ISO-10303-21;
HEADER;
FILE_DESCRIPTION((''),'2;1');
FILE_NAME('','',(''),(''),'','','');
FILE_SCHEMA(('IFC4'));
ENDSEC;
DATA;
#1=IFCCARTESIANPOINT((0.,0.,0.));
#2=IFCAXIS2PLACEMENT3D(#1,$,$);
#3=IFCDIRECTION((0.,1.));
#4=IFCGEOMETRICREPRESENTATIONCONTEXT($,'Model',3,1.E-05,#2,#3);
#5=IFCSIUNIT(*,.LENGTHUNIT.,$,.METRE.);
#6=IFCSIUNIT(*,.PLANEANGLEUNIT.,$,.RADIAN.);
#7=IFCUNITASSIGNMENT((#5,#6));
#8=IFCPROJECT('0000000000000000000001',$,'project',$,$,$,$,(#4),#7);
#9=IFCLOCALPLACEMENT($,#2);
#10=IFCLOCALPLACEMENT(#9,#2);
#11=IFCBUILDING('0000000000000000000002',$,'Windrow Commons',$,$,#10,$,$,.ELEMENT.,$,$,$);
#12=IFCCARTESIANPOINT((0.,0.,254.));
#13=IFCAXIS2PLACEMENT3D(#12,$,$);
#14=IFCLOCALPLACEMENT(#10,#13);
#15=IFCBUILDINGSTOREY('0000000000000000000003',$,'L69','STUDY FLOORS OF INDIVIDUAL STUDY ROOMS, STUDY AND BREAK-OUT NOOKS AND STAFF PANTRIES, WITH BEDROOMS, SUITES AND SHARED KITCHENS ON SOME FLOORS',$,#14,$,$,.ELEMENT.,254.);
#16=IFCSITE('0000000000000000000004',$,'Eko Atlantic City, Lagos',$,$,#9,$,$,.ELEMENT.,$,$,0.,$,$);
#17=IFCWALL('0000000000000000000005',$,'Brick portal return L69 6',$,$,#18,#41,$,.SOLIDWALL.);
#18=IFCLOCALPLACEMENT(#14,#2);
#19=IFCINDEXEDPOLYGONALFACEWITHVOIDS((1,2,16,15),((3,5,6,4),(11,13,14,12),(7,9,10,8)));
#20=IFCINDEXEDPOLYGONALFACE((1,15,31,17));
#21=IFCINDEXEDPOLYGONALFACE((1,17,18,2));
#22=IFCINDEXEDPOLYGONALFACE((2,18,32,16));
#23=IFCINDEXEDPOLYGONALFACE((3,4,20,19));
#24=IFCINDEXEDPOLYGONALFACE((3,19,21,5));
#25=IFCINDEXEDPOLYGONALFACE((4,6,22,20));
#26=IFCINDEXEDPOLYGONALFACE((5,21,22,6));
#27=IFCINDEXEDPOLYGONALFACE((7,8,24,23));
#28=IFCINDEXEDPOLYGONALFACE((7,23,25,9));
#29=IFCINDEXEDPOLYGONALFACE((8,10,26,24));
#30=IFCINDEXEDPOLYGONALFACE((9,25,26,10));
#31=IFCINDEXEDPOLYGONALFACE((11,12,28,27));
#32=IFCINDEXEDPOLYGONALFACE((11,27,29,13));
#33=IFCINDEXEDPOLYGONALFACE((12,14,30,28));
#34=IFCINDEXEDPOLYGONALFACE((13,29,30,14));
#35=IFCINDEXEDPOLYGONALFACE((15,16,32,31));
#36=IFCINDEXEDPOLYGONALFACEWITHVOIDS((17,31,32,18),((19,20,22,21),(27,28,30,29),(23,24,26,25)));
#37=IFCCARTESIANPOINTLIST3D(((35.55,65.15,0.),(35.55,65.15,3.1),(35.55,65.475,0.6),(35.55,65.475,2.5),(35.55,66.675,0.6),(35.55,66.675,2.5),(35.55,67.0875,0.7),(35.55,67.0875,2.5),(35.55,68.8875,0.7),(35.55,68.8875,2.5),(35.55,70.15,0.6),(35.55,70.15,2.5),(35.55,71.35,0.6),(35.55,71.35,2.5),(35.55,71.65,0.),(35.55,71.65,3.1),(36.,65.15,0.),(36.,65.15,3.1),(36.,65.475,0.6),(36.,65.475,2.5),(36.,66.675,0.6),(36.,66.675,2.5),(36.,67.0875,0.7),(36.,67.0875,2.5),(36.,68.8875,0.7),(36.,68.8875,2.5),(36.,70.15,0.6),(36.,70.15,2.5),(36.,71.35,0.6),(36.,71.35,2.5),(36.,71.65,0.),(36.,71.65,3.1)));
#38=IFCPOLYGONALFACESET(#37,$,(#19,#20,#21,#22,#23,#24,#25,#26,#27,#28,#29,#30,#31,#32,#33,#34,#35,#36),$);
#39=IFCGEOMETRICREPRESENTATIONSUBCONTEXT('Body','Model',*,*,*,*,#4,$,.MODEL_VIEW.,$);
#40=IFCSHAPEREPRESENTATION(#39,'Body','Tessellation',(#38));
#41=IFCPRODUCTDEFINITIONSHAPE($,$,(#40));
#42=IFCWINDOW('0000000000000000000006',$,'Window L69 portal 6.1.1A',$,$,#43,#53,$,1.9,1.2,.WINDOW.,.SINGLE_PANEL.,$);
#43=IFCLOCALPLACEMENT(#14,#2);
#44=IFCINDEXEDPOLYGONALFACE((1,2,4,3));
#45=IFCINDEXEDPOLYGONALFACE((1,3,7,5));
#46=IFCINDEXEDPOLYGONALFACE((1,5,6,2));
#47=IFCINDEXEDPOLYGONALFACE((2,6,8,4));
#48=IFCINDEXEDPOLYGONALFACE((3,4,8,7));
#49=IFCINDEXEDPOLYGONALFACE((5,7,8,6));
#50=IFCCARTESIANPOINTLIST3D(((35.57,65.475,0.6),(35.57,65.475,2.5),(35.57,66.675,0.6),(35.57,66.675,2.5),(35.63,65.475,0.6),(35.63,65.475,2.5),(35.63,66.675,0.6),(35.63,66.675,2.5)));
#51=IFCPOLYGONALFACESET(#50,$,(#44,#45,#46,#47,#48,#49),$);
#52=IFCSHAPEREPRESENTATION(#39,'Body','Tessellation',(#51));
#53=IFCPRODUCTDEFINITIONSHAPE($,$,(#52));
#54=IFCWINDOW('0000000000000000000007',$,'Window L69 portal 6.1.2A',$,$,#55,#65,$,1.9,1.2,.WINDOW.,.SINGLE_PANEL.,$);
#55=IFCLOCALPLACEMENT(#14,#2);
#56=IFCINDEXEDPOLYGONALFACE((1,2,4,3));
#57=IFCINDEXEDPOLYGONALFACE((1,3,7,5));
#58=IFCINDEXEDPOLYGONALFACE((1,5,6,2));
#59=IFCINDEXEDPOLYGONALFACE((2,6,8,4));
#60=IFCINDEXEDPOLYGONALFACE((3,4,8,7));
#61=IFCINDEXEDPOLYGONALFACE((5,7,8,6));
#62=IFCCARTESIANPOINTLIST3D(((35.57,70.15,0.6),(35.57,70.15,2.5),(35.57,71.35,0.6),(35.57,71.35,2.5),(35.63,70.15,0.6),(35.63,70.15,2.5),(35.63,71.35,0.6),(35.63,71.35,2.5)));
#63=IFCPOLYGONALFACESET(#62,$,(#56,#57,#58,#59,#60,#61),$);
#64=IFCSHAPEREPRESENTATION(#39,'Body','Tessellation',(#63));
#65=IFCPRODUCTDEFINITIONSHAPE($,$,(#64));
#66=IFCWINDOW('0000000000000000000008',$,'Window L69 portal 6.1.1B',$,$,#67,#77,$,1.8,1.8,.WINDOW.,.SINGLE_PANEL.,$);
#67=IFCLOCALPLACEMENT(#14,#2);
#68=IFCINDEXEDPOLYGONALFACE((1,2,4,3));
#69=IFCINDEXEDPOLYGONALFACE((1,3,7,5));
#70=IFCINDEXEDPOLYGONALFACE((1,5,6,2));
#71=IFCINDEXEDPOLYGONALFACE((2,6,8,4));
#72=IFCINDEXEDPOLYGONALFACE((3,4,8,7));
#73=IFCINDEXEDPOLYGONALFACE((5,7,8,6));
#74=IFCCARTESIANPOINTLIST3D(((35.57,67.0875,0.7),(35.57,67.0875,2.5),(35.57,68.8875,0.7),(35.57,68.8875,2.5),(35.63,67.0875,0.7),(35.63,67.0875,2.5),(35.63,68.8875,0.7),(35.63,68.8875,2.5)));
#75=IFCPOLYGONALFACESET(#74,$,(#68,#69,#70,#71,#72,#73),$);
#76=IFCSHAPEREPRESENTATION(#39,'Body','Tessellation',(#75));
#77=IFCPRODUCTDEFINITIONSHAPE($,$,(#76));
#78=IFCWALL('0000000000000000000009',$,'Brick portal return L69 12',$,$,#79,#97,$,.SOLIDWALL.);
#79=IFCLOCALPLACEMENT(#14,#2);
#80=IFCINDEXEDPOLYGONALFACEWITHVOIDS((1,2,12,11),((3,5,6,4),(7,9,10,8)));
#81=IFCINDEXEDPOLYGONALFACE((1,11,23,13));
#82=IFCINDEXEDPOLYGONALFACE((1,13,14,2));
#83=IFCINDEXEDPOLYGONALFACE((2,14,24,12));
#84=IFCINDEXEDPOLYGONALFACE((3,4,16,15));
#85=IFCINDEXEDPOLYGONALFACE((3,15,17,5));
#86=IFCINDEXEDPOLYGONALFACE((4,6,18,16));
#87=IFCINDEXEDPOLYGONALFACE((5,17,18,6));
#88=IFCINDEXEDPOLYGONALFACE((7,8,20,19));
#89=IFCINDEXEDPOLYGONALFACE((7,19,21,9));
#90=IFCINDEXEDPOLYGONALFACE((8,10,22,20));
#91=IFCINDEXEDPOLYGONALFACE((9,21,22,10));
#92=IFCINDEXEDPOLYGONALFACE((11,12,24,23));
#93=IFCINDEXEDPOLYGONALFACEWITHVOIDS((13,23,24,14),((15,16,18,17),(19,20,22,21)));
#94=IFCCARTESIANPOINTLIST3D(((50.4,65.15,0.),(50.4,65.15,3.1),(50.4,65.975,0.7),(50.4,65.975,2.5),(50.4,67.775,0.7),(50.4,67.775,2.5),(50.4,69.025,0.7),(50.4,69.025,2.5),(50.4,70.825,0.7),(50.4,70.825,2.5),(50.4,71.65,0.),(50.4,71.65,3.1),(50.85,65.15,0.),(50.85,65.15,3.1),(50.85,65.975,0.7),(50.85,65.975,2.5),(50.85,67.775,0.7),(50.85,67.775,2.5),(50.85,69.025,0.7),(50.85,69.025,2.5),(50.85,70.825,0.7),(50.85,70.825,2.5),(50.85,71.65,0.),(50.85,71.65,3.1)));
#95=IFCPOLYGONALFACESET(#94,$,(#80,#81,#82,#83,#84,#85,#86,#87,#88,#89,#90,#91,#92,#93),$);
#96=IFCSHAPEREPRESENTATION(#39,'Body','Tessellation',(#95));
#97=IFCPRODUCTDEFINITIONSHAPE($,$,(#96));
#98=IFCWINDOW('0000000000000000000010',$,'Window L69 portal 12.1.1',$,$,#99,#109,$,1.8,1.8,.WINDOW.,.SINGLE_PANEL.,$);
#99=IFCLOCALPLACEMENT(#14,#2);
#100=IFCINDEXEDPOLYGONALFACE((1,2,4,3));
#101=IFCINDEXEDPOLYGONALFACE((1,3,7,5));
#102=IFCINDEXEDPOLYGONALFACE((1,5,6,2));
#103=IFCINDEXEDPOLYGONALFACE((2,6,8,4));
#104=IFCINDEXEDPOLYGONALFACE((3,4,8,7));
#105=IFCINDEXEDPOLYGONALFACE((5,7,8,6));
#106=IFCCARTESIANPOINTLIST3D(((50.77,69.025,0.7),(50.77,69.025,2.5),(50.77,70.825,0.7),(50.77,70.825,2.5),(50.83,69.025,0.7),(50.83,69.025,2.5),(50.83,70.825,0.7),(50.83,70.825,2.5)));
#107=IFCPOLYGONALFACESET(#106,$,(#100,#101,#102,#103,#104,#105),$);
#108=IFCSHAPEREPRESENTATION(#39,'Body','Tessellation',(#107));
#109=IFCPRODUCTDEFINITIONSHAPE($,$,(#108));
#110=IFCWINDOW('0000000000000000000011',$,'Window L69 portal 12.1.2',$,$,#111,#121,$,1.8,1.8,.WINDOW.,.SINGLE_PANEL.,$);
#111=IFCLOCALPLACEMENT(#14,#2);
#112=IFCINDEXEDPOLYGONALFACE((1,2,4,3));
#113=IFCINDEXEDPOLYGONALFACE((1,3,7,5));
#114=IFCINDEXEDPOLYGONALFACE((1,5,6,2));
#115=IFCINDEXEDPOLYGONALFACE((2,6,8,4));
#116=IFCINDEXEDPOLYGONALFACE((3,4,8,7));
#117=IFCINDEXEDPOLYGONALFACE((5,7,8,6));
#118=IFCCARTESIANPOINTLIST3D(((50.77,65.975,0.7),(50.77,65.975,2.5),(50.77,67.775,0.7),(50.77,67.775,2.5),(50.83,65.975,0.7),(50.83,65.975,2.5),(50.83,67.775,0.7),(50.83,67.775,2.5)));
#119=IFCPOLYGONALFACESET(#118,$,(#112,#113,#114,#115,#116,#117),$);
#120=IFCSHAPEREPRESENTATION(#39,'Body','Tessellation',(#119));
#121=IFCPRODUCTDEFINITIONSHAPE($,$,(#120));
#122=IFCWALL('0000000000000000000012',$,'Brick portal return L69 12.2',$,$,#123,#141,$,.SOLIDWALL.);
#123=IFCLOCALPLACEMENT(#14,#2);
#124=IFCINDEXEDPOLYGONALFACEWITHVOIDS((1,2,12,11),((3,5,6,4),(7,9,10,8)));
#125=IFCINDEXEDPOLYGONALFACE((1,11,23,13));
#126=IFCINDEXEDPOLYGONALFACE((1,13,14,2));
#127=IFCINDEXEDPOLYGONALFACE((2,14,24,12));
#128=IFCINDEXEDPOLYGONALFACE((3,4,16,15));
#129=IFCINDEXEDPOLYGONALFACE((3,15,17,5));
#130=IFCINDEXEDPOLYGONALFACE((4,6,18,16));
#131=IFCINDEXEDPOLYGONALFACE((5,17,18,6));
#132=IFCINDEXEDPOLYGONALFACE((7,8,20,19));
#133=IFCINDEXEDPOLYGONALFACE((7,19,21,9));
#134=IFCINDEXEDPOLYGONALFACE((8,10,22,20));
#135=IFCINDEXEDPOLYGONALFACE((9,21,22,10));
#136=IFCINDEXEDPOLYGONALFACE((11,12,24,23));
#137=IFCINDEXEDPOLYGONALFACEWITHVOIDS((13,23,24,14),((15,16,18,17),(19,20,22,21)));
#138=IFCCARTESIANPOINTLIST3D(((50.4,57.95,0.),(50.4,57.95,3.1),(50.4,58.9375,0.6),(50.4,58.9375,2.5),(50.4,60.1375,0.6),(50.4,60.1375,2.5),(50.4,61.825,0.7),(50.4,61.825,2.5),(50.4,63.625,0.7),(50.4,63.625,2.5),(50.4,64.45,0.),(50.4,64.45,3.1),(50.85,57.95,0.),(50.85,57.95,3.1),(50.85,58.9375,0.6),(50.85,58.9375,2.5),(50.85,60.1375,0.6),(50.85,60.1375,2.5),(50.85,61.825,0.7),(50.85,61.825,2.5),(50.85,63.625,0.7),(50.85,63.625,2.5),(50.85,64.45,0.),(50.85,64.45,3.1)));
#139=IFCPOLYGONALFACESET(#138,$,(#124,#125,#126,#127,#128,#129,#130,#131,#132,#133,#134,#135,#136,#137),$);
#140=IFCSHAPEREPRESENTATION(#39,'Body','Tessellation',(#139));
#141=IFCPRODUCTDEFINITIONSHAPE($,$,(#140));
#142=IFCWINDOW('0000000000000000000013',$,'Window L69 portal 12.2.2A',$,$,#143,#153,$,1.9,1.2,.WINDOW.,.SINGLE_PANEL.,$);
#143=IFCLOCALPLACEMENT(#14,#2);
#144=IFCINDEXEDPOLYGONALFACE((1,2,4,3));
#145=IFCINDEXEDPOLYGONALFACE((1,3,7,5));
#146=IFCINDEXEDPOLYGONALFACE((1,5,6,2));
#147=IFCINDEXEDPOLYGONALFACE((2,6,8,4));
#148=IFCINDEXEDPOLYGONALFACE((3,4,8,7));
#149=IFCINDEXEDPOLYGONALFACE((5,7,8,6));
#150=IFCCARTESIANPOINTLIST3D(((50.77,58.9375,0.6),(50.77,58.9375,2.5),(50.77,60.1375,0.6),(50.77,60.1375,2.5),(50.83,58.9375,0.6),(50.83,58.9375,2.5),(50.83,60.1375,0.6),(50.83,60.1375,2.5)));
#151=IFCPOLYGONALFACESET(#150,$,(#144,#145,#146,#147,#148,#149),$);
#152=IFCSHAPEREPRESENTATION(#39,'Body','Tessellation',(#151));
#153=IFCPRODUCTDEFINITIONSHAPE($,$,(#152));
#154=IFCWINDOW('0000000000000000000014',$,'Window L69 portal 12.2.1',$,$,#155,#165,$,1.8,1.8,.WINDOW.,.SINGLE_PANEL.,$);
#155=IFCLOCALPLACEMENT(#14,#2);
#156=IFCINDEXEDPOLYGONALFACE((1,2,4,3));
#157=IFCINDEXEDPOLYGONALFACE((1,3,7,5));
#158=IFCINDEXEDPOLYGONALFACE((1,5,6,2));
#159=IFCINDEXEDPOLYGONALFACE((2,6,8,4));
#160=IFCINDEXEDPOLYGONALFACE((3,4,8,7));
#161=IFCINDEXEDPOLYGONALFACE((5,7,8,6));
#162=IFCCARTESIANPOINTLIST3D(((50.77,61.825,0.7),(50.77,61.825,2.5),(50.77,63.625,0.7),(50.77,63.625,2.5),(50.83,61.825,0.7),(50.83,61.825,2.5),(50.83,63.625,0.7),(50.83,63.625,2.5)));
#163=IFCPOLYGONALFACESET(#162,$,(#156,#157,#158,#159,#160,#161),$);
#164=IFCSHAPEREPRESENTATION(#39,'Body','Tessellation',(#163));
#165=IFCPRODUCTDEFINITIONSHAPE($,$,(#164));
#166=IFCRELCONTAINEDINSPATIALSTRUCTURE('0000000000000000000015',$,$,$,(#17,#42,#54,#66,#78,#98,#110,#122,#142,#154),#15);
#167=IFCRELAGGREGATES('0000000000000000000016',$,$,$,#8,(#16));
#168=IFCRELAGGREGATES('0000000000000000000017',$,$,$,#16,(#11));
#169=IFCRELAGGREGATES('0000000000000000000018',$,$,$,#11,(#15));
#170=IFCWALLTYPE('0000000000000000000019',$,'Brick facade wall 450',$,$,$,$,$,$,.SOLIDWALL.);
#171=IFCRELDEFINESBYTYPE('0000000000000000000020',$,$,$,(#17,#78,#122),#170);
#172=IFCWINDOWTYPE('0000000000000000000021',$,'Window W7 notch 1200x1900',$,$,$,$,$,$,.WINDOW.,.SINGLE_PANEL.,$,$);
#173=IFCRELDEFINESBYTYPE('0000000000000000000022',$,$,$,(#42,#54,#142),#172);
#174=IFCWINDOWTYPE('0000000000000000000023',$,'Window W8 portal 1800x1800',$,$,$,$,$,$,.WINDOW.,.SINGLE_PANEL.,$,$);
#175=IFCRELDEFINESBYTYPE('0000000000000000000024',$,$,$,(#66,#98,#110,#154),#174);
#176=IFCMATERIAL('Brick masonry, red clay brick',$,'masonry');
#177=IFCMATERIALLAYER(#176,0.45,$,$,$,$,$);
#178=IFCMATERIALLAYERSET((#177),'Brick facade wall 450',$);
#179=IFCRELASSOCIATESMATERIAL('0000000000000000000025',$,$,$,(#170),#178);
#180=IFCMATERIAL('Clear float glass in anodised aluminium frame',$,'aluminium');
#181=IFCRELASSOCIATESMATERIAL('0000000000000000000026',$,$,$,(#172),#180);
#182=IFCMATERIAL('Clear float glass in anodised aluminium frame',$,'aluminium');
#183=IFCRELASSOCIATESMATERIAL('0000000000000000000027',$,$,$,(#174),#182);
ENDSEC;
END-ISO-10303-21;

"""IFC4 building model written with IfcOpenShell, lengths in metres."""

from ifc_helpers import new_model, si_unit, direction, frame, frame_2d, origin, place, context, subcontext, project, spatial, rectangle, extrude, material, layer, layer_set, type_object, element, fill, save


model = new_model("IFC4")

# Units and contexts
model_context = context("Model", 3, precision=1e-05, world=origin(), true_north=direction((0.0, 1.0)))
body_context = subcontext(model_context, "Body", "Model", "MODEL_VIEW")
ifc_project = project(units=[si_unit("LENGTHUNIT", "METRE"), si_unit("PLANEANGLEUNIT", "RADIAN")], contexts=[model_context])

# Site, building, storey
site_placement = place(None, origin())
site = spatial("IfcSite", under=ifc_project, at=site_placement, Name="Eko Atlantic City, Lagos", CompositionType="ELEMENT", RefElevation=0.0)
building_placement = place(site_placement, origin())
building = spatial("IfcBuilding", under=site, at=building_placement, Name="Windrow Commons", CompositionType="ELEMENT")
storey_placement = place(building_placement, frame((0.0, 0.0, 254.0)))
storey = spatial("IfcBuildingStorey", under=building, at=storey_placement, Name="L69", Description="STUDY FLOORS OF INDIVIDUAL STUDY ROOMS, STUDY AND BREAK-OUT NOOKS AND STAFF PANTRIES, WITH BEDROOMS, SUITES AND SHARED KITCHENS ON SOME FLOORS", CompositionType="ELEMENT", Elevation=254.0)

# Shared definitions
ifc_material_1 = material(Name="Brick masonry, red clay brick", Category="masonry")
ifc_layer_1 = layer(ifc_material_1, 0.45)
ifc_layer_set_1 = layer_set([ifc_layer_1], Name="Brick facade wall 450")
wall_type_1 = type_object("IfcWallType", Name="Brick facade wall 450", PredefinedType="SOLIDWALL", material=ifc_layer_set_1)

# Walls, openings, windows
wall_1_placement = place(storey_placement, frame((35.775, 65.15, 0.0), z_axis=(0.0, 0.0, 1.0), x_axis=(0.0, 1.0, 0.0)))
wall_1 = element("IfcWall", 1, at=wall_1_placement, inside=storey, type_object=wall_type_1, Name="Brick portal return L69 6", PredefinedType="SOLIDWALL", context=body_context, shape_type="SweptSolid", body=[
    extrude(rectangle(XDim=6.5, YDim=0.45, at=frame_2d((3.25, 0.0))), origin(), (0.0, 0.0, 1.0), 3.1),
])
opening_1_placement = place(wall_1_placement, frame((0.325, 0.0, 0.6)))
opening_1 = element("IfcOpeningElement", 2, at=opening_1_placement, cuts=wall_1, PredefinedType="OPENING", context=body_context, shape_type="SweptSolid", body=[
    extrude(rectangle(XDim=1.2, YDim=1.9, at=frame_2d((0.6, 0.95))), frame((0.0, 0.235, 0.0), z_axis=(0.0, -1.0, 0.0), x_axis=(1.0, 0.0, 0.0)), (0.0, 0.0, 1.0), 0.47),
])
opening_2_placement = place(wall_1_placement, frame((1.9375, 0.0, 0.7)))
opening_2 = element("IfcOpeningElement", 3, at=opening_2_placement, cuts=wall_1, PredefinedType="OPENING", context=body_context, shape_type="SweptSolid", body=[
    extrude(rectangle(XDim=1.8, YDim=1.8, at=frame_2d((0.9, 0.9))), frame((0.0, 0.235, 0.0), z_axis=(0.0, -1.0, 0.0), x_axis=(1.0, 0.0, 0.0)), (0.0, 0.0, 1.0), 0.47),
])
opening_3_placement = place(wall_1_placement, frame((5.0, 0.0, 0.6)))
opening_3 = element("IfcOpeningElement", 4, at=opening_3_placement, cuts=wall_1, PredefinedType="OPENING", context=body_context, shape_type="SweptSolid", body=[
    extrude(rectangle(XDim=1.2, YDim=1.9, at=frame_2d((0.6, 0.95))), frame((0.0, 0.235, 0.0), z_axis=(0.0, -1.0, 0.0), x_axis=(1.0, 0.0, 0.0)), (0.0, 0.0, 1.0), 0.47),
])
ifc_material_2 = material(Name="Clear float glass in anodised aluminium frame", Category="aluminium")
window_type_1 = type_object("IfcWindowType", Name="Window W7 notch 1200x1900", PartitioningType="SINGLE_PANEL", PredefinedType="WINDOW", material=ifc_material_2)
window_1_placement = place(opening_1_placement, origin())
window_1 = element("IfcWindow", 5, at=window_1_placement, inside=storey, type_object=window_type_1, Name="Window L69 portal 6.1.1A", OverallHeight=1.9, OverallWidth=1.2, PartitioningType="SINGLE_PANEL", PredefinedType="WINDOW", context=body_context, shape_type="SweptSolid", body=[
    extrude(rectangle(XDim=1.2, YDim=1.9, at=frame_2d((0.6, 0.95))), frame((0.0, 0.205, 0.0), z_axis=(0.0, -1.0, 0.0), x_axis=(1.0, 0.0, 0.0)), (0.0, 0.0, 1.0), 0.06),
])
fill(opening_1, window_1)
window_2_placement = place(opening_3_placement, origin())
window_2 = element("IfcWindow", 6, at=window_2_placement, inside=storey, type_object=window_type_1, Name="Window L69 portal 6.1.2A", OverallHeight=1.9, OverallWidth=1.2, PartitioningType="SINGLE_PANEL", PredefinedType="WINDOW", context=body_context, shape_type="SweptSolid", body=[
    extrude(rectangle(XDim=1.2, YDim=1.9, at=frame_2d((0.6, 0.95))), frame((0.0, 0.205, 0.0), z_axis=(0.0, -1.0, 0.0), x_axis=(1.0, 0.0, 0.0)), (0.0, 0.0, 1.0), 0.06),
])
fill(opening_3, window_2)
ifc_material_3 = material(Name="Clear float glass in anodised aluminium frame", Category="aluminium")
window_type_2 = type_object("IfcWindowType", Name="Window W8 portal 1800x1800", PartitioningType="SINGLE_PANEL", PredefinedType="WINDOW", material=ifc_material_3)
window_3_placement = place(opening_2_placement, origin())
window_3 = element("IfcWindow", 7, at=window_3_placement, inside=storey, type_object=window_type_2, Name="Window L69 portal 6.1.1B", OverallHeight=1.8, OverallWidth=1.8, PartitioningType="SINGLE_PANEL", PredefinedType="WINDOW", context=body_context, shape_type="SweptSolid", body=[
    extrude(rectangle(XDim=1.8, YDim=1.8, at=frame_2d((0.9, 0.9))), frame((0.0, 0.205, 0.0), z_axis=(0.0, -1.0, 0.0), x_axis=(1.0, 0.0, 0.0)), (0.0, 0.0, 1.0), 0.06),
])
fill(opening_2, window_3)
wall_2_placement = place(storey_placement, frame((50.625, 71.65, 0.0), z_axis=(0.0, 0.0, 1.0), x_axis=(0.0, -1.0, 0.0)))
wall_2 = element("IfcWall", 8, at=wall_2_placement, inside=storey, type_object=wall_type_1, Name="Brick portal return L69 12", PredefinedType="SOLIDWALL", context=body_context, shape_type="SweptSolid", body=[
    extrude(rectangle(XDim=6.5, YDim=0.45, at=frame_2d((3.25, 0.0))), origin(), (0.0, 0.0, 1.0), 3.1),
])
opening_4_placement = place(wall_2_placement, frame((0.825, 0.0, 0.7)))
opening_4 = element("IfcOpeningElement", 9, at=opening_4_placement, cuts=wall_2, PredefinedType="OPENING", context=body_context, shape_type="SweptSolid", body=[
    extrude(rectangle(XDim=1.8, YDim=1.8, at=frame_2d((0.9, 0.9))), frame((0.0, 0.235, 0.0), z_axis=(0.0, -1.0, 0.0), x_axis=(1.0, 0.0, 0.0)), (0.0, 0.0, 1.0), 0.47),
])
opening_5_placement = place(wall_2_placement, frame((3.875, 0.0, 0.7)))
opening_5 = element("IfcOpeningElement", 10, at=opening_5_placement, cuts=wall_2, PredefinedType="OPENING", context=body_context, shape_type="SweptSolid", body=[
    extrude(rectangle(XDim=1.8, YDim=1.8, at=frame_2d((0.9, 0.9))), frame((0.0, 0.235, 0.0), z_axis=(0.0, -1.0, 0.0), x_axis=(1.0, 0.0, 0.0)), (0.0, 0.0, 1.0), 0.47),
])
window_4_placement = place(opening_4_placement, origin())
window_4 = element("IfcWindow", 11, at=window_4_placement, inside=storey, type_object=window_type_2, Name="Window L69 portal 12.1.1", OverallHeight=1.8, OverallWidth=1.8, PartitioningType="SINGLE_PANEL", PredefinedType="WINDOW", context=body_context, shape_type="SweptSolid", body=[
    extrude(rectangle(XDim=1.8, YDim=1.8, at=frame_2d((0.9, 0.9))), frame((0.0, 0.205, 0.0), z_axis=(0.0, -1.0, 0.0), x_axis=(1.0, 0.0, 0.0)), (0.0, 0.0, 1.0), 0.06),
])
fill(opening_4, window_4)
window_5_placement = place(opening_5_placement, origin())
window_5 = element("IfcWindow", 12, at=window_5_placement, inside=storey, type_object=window_type_2, Name="Window L69 portal 12.1.2", OverallHeight=1.8, OverallWidth=1.8, PartitioningType="SINGLE_PANEL", PredefinedType="WINDOW", context=body_context, shape_type="SweptSolid", body=[
    extrude(rectangle(XDim=1.8, YDim=1.8, at=frame_2d((0.9, 0.9))), frame((0.0, 0.205, 0.0), z_axis=(0.0, -1.0, 0.0), x_axis=(1.0, 0.0, 0.0)), (0.0, 0.0, 1.0), 0.06),
])
fill(opening_5, window_5)
wall_3_placement = place(storey_placement, frame((50.625, 64.45, 0.0), z_axis=(0.0, 0.0, 1.0), x_axis=(0.0, -1.0, 0.0)))
wall_3 = element("IfcWall", 13, at=wall_3_placement, inside=storey, type_object=wall_type_1, Name="Brick portal return L69 12.2", PredefinedType="SOLIDWALL", context=body_context, shape_type="SweptSolid", body=[
    extrude(rectangle(XDim=6.5, YDim=0.45, at=frame_2d((3.25, 0.0))), origin(), (0.0, 0.0, 1.0), 3.1),
])
opening_6_placement = place(wall_3_placement, frame((0.825, 0.0, 0.7)))
opening_6 = element("IfcOpeningElement", 14, at=opening_6_placement, cuts=wall_3, PredefinedType="OPENING", context=body_context, shape_type="SweptSolid", body=[
    extrude(rectangle(XDim=1.8, YDim=1.8, at=frame_2d((0.9, 0.9))), frame((0.0, 0.235, 0.0), z_axis=(0.0, -1.0, 0.0), x_axis=(1.0, 0.0, 0.0)), (0.0, 0.0, 1.0), 0.47),
])
opening_7_placement = place(wall_3_placement, frame((4.3125, 0.0, 0.6)))
opening_7 = element("IfcOpeningElement", 15, at=opening_7_placement, cuts=wall_3, PredefinedType="OPENING", context=body_context, shape_type="SweptSolid", body=[
    extrude(rectangle(XDim=1.2, YDim=1.9, at=frame_2d((0.6, 0.95))), frame((0.0, 0.235, 0.0), z_axis=(0.0, -1.0, 0.0), x_axis=(1.0, 0.0, 0.0)), (0.0, 0.0, 1.0), 0.47),
])
window_6_placement = place(opening_7_placement, origin())
window_6 = element("IfcWindow", 16, at=window_6_placement, inside=storey, type_object=window_type_1, Name="Window L69 portal 12.2.2A", OverallHeight=1.9, OverallWidth=1.2, PartitioningType="SINGLE_PANEL", PredefinedType="WINDOW", context=body_context, shape_type="SweptSolid", body=[
    extrude(rectangle(XDim=1.2, YDim=1.9, at=frame_2d((0.6, 0.95))), frame((0.0, 0.205, 0.0), z_axis=(0.0, -1.0, 0.0), x_axis=(1.0, 0.0, 0.0)), (0.0, 0.0, 1.0), 0.06),
])
fill(opening_7, window_6)
window_7_placement = place(opening_6_placement, origin())
window_7 = element("IfcWindow", 17, at=window_7_placement, inside=storey, type_object=window_type_2, Name="Window L69 portal 12.2.1", OverallHeight=1.8, OverallWidth=1.8, PartitioningType="SINGLE_PANEL", PredefinedType="WINDOW", context=body_context, shape_type="SweptSolid", body=[
    extrude(rectangle(XDim=1.8, YDim=1.8, at=frame_2d((0.9, 0.9))), frame((0.0, 0.205, 0.0), z_axis=(0.0, -1.0, 0.0), x_axis=(1.0, 0.0, 0.0)), (0.0, 0.0, 1.0), 0.06),
])
fill(opening_6, window_7)

save(model, "model.ifc")
